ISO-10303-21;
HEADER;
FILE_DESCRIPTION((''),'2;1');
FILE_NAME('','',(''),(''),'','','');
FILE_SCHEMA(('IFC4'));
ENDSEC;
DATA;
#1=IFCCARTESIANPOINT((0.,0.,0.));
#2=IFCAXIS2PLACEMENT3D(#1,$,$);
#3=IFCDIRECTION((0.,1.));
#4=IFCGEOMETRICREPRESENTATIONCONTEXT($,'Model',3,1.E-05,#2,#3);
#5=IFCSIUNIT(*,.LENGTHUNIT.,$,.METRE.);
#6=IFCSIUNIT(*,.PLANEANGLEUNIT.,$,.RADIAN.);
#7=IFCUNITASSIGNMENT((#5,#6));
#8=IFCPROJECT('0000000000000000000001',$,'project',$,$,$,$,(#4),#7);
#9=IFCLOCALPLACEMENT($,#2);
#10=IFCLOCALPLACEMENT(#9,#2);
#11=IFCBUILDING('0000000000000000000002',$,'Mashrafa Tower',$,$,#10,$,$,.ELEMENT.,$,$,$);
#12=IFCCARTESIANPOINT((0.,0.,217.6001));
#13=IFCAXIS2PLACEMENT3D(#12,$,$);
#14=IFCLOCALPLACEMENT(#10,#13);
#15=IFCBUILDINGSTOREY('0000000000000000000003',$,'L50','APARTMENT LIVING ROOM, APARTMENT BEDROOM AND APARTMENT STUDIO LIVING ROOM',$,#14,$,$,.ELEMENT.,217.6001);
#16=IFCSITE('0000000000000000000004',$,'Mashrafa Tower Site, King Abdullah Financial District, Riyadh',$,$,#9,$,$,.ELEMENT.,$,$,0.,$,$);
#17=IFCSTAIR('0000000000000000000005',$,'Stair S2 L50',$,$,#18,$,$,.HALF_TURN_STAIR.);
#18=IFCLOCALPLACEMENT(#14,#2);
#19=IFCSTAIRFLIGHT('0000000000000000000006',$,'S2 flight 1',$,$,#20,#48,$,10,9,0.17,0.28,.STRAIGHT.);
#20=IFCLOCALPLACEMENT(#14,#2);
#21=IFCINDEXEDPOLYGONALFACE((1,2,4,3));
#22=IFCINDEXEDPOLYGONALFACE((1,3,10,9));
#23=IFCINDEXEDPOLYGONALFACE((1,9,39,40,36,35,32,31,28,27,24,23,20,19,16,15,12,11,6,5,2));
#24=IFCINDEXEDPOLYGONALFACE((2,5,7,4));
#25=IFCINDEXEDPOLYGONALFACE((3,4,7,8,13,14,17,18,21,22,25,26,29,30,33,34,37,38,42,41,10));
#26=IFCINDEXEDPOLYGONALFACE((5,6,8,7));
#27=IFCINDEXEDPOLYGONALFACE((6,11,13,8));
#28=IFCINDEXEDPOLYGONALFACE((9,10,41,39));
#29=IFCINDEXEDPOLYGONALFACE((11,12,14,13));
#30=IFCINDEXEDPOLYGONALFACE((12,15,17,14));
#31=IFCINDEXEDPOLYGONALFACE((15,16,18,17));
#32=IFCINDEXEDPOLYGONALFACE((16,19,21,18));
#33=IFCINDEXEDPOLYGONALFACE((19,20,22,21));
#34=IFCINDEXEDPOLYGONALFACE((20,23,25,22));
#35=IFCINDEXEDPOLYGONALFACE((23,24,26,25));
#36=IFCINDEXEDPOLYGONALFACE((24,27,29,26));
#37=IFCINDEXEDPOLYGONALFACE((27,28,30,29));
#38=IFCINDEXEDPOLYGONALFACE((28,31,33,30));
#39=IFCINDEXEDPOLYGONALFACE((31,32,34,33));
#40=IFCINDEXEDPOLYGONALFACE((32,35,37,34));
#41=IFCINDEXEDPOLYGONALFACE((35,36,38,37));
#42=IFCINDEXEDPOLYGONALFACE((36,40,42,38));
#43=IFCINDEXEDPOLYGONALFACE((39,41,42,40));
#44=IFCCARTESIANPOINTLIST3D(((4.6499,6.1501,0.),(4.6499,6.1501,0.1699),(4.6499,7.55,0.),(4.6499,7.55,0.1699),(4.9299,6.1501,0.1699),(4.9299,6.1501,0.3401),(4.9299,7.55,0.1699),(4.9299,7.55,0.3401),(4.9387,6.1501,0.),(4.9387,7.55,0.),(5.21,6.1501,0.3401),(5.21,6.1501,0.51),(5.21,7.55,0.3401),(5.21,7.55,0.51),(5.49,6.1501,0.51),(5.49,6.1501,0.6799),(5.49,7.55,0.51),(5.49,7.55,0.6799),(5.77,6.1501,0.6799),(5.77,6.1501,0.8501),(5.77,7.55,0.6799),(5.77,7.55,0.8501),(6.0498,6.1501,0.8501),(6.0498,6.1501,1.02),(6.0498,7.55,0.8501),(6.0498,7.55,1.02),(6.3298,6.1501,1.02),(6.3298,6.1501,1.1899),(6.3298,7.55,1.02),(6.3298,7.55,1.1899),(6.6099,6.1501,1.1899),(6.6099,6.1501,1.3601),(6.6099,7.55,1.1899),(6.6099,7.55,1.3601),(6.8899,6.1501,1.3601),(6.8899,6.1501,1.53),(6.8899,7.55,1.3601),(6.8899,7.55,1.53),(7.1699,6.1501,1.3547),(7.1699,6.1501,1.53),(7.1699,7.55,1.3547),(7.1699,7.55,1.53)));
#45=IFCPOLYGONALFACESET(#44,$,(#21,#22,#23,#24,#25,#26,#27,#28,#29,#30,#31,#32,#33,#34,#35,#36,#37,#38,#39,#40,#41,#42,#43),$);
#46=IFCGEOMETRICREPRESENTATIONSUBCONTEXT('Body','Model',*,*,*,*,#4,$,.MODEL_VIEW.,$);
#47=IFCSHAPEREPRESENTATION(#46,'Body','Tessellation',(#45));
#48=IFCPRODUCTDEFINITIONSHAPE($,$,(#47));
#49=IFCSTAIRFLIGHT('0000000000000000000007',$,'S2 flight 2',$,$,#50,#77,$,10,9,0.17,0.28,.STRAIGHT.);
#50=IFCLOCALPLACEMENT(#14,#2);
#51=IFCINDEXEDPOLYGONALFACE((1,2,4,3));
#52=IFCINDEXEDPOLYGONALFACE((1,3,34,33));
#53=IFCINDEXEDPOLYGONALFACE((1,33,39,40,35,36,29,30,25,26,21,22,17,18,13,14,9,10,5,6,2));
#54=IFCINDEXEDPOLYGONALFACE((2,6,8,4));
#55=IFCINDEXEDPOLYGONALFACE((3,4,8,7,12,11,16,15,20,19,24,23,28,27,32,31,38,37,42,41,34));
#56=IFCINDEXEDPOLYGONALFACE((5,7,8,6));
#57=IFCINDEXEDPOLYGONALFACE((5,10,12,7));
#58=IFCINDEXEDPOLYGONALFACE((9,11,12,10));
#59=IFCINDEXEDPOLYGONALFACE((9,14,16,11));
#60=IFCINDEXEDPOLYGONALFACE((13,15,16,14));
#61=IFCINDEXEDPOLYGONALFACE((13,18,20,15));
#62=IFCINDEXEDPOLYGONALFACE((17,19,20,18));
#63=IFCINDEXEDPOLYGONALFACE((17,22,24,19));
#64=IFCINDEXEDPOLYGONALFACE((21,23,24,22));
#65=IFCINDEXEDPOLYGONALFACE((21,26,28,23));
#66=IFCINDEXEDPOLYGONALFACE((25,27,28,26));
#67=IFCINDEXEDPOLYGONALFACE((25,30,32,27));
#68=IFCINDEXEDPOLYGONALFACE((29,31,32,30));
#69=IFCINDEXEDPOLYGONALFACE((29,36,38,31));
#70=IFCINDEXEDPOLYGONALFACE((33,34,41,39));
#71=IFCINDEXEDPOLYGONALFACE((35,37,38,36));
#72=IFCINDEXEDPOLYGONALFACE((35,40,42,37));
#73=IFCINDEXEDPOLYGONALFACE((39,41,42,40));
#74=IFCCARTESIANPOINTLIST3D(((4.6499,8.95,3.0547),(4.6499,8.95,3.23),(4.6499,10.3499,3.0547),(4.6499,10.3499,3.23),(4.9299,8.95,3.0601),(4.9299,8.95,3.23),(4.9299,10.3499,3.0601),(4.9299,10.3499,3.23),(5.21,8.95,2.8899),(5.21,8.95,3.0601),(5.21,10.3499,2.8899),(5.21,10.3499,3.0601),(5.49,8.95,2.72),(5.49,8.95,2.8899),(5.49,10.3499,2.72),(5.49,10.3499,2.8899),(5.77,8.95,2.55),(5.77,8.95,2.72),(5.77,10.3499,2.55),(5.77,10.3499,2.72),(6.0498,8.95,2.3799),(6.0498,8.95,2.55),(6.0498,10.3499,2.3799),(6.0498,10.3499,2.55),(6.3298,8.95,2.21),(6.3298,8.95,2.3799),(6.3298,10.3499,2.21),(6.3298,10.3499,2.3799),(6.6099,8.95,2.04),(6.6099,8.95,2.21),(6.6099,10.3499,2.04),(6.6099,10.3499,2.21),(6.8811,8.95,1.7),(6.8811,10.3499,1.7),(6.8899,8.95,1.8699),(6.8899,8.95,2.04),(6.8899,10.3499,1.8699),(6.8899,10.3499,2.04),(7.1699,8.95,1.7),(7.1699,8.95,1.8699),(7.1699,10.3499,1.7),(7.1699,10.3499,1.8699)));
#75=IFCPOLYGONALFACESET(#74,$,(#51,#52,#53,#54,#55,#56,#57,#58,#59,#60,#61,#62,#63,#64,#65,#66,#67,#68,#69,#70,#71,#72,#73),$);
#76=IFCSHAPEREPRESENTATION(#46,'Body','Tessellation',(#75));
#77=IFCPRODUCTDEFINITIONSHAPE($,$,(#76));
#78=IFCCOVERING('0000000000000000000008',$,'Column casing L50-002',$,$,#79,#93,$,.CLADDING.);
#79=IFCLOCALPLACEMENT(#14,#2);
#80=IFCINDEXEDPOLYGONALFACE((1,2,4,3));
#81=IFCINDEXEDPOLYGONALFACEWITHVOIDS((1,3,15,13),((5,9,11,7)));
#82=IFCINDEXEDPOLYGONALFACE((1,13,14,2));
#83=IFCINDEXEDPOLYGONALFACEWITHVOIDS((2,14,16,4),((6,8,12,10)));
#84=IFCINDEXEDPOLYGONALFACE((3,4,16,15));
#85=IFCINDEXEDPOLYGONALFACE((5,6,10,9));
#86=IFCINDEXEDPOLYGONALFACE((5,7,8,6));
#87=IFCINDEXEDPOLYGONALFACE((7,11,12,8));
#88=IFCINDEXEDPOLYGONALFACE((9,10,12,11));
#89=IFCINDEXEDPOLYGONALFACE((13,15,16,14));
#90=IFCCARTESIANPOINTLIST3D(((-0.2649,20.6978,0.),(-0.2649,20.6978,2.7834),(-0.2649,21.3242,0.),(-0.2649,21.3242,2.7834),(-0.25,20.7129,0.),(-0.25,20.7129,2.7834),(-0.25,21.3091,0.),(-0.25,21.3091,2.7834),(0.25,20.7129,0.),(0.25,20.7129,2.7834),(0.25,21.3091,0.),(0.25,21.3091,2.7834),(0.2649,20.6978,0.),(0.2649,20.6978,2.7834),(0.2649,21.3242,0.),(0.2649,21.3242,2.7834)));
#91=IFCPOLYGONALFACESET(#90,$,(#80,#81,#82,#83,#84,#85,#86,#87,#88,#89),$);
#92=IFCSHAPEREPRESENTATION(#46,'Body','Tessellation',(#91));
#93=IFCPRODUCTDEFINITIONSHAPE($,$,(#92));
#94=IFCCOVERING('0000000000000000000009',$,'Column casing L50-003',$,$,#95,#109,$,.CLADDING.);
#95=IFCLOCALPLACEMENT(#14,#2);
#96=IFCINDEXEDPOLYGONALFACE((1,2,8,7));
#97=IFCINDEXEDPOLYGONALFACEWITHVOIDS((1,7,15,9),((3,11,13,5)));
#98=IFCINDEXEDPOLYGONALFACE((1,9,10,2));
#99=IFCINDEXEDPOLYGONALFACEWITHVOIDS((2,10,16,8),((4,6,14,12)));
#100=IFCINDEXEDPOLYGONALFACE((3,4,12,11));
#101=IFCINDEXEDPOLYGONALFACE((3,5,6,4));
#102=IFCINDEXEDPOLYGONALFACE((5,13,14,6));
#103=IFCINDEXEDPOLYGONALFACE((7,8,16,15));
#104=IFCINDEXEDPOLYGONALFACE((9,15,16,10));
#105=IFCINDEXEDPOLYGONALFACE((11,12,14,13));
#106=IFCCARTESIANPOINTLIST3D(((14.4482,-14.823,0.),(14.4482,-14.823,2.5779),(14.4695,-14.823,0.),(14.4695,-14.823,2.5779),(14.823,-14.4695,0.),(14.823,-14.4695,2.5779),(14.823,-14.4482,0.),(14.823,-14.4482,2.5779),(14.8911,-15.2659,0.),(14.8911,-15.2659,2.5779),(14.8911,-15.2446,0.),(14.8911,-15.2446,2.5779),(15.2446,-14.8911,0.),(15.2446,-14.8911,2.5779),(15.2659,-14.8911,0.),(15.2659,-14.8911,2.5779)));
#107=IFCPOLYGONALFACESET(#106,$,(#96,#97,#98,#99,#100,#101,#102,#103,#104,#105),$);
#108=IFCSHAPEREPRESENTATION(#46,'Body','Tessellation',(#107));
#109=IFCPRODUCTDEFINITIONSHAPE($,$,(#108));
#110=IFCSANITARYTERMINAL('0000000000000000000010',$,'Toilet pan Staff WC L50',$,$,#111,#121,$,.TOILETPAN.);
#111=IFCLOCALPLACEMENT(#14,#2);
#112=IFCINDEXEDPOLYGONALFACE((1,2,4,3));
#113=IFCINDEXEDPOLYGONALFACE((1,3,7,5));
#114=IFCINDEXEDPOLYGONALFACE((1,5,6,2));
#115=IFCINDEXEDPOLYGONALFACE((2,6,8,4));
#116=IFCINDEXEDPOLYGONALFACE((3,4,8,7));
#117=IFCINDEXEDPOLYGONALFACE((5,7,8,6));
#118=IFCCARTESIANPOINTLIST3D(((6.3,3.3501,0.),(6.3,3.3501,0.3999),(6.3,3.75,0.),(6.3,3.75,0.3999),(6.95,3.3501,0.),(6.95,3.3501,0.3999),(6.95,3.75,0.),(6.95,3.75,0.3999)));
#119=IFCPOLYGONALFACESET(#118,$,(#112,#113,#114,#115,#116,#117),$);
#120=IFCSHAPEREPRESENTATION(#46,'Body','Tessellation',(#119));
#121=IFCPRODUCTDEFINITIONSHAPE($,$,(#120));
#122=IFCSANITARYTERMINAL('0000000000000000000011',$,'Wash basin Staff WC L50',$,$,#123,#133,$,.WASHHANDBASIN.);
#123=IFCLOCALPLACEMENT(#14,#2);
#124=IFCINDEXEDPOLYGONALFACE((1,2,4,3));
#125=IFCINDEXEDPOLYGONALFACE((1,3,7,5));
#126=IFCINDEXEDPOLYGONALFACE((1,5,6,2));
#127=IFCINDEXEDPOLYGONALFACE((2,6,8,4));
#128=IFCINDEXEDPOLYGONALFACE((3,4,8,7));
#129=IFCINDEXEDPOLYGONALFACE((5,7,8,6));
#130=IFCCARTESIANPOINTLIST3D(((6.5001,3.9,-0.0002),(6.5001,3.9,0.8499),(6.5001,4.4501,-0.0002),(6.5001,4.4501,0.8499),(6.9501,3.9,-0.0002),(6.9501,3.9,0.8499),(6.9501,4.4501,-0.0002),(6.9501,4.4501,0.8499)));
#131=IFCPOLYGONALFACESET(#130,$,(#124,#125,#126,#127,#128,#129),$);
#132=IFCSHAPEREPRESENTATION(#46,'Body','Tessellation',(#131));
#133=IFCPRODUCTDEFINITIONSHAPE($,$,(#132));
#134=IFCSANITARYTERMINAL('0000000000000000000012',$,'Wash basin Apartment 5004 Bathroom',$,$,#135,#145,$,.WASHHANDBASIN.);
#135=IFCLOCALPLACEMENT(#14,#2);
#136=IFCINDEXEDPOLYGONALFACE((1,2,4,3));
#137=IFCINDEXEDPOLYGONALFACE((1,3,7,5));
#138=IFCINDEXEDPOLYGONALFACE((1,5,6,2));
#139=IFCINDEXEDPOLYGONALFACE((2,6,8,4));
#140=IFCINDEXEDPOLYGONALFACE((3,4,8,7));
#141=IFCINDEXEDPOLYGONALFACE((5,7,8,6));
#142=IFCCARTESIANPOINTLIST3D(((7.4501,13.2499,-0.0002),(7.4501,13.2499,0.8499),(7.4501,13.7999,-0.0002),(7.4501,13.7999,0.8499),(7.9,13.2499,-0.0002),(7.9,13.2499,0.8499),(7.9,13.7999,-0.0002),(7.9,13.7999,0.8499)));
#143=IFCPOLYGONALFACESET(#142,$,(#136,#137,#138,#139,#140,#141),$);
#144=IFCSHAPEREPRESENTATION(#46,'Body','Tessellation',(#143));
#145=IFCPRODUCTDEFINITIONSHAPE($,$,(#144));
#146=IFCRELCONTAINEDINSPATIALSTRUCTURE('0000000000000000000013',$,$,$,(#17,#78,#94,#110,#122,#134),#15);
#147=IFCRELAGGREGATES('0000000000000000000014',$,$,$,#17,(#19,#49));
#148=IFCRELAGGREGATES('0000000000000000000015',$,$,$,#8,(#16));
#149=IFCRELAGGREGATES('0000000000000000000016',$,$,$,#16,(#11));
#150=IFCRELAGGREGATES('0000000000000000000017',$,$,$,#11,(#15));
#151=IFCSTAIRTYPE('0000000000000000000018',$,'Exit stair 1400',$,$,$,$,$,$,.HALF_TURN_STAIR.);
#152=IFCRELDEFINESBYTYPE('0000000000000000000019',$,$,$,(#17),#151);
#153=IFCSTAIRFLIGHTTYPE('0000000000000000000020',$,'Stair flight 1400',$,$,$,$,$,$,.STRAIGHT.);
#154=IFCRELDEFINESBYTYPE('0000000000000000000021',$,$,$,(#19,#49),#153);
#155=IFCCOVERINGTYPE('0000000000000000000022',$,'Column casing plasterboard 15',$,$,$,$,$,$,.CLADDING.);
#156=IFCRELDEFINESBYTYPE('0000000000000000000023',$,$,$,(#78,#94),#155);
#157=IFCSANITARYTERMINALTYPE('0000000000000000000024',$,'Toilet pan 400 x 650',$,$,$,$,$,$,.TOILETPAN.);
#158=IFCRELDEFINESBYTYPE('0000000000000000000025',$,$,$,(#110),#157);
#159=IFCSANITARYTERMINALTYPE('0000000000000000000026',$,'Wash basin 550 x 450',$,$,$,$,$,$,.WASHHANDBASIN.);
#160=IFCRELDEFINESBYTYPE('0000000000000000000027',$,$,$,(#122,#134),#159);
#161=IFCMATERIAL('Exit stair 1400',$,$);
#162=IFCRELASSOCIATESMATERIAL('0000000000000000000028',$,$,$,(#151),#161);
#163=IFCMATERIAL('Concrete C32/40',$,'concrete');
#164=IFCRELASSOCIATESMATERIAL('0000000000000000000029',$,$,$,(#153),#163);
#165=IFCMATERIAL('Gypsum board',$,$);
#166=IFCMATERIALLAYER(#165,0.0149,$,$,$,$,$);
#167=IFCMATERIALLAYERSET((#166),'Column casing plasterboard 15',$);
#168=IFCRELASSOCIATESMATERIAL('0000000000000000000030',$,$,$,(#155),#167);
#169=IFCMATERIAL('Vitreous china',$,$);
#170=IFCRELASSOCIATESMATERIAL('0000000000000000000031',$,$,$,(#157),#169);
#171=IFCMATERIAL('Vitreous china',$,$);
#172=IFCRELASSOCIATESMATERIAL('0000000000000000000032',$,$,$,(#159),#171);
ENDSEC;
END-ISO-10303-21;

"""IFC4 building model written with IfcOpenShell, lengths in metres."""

from ifc_helpers import new_model, si_unit, direction, frame, origin, origin_2d, place, context, subcontext, project, spatial, polyline, rectangle, outline, extrude, material, layer, layer_set, type_object, element, aggregate, save


model = new_model("IFC4")

# Units and contexts
model_context = context("Model", 3, precision=1e-05, world=origin(), true_north=direction((0.0, 1.0)))
body_context = subcontext(model_context, "Body", "Model", "MODEL_VIEW")
ifc_project = project(units=[si_unit("LENGTHUNIT", "METRE"), si_unit("PLANEANGLEUNIT", "RADIAN")], contexts=[model_context])

# Site, building, storey
site_placement = place(None, origin())
site = spatial("IfcSite", under=ifc_project, at=site_placement, Name="Mashrafa Tower Site, King Abdullah Financial District, Riyadh", CompositionType="ELEMENT", RefElevation=0.0)
building_placement = place(site_placement, origin())
building = spatial("IfcBuilding", under=site, at=building_placement, Name="Mashrafa Tower", CompositionType="ELEMENT")
storey_placement = place(building_placement, frame((0.0, 0.0, 217.6001)))
storey = spatial("IfcBuildingStorey", under=building, at=storey_placement, Name="L50", Description="APARTMENT LIVING ROOM, APARTMENT BEDROOM AND APARTMENT STUDIO LIVING ROOM", CompositionType="ELEMENT", Elevation=217.6001)

# Stair
ifc_material_1 = material(Name="Exit stair 1400")
stair_type = type_object("IfcStairType", Name="Exit stair 1400", PredefinedType="HALF_TURN_STAIR", material=ifc_material_1)
stair_1_placement = place(storey_placement, origin())
stair_1 = element("IfcStair", 1, at=stair_1_placement, inside=storey, type_object=stair_type, Name="Stair S2 L50", PredefinedType="HALF_TURN_STAIR")

# Stair flights
ifc_material_2 = material(Name="Concrete C32/40", Category="concrete")
stair_flight_type = type_object("IfcStairFlightType", Name="Stair flight 1400", PredefinedType="STRAIGHT", material=ifc_material_2)
stair_flight_1_placement = place(storey_placement, frame((4.6499, 6.8501, 0.0), z_axis=(0.0, 0.0, 1.0), x_axis=(1.0, 0.0, 0.0)))
stair_flight_1 = element("IfcStairFlight", 2, at=stair_flight_1_placement, type_object=stair_flight_type, Name="S2 flight 1", NumberOfRisers=10, NumberOfTreads=9, PredefinedType="STRAIGHT", RiserHeight=0.17, TreadLength=0.28, context=body_context, shape_type="SweptSolid", body=[
    extrude(outline(polyline([(0.0, 0.0), (0.0, 0.1699), (0.28, 0.1699), (0.28, 0.3401), (0.5601, 0.3401), (0.5601, 0.51), (0.8401, 0.51), (0.8401, 0.6799), (1.1201, 0.6799), (1.1201, 0.8501), (1.3999, 0.8501), (1.3999, 1.02), (1.6799, 1.02), (1.6799, 1.1899), (1.96, 1.1899), (1.96, 1.3601), (2.24, 1.3601), (2.24, 1.53), (2.52, 1.53), (2.52, 1.7), (2.52, 1.3547), (0.2888, 0.0), (0.0, 0.0)])), frame((0.0, 0.7, 0.0), z_axis=(0.0, -1.0, 0.0), x_axis=(1.0, 0.0, 0.0)), (0.0, 0.0, 1.0), 1.3999),
])
stair_flight_2_placement = place(storey_placement, frame((7.1699, 9.6499, 1.7), z_axis=(0.0, 0.0, 1.0), x_axis=(-1.0, 0.0, 0.0)))
stair_flight_2 = element("IfcStairFlight", 3, at=stair_flight_2_placement, type_object=stair_flight_type, Name="S2 flight 2", NumberOfRisers=10, NumberOfTreads=9, PredefinedType="STRAIGHT", RiserHeight=0.17, TreadLength=0.28, context=body_context, shape_type="SweptSolid", body=[
    extrude(outline(polyline([(0.0, 0.0), (0.0, 0.1699), (0.28, 0.1699), (0.28, 0.3401), (0.5601, 0.3401), (0.5601, 0.51), (0.8401, 0.51), (0.8401, 0.6799), (1.1201, 0.6799), (1.1201, 0.8501), (1.3999, 0.8501), (1.3999, 1.02), (1.6799, 1.02), (1.6799, 1.1899), (1.96, 1.1899), (1.96, 1.3601), (2.24, 1.3601), (2.24, 1.53), (2.52, 1.53), (2.52, 1.7), (2.52, 1.3547), (0.2888, 0.0), (0.0, 0.0)])), frame((0.0, 0.7, 0.0), z_axis=(0.0, -1.0, 0.0), x_axis=(1.0, 0.0, 0.0)), (0.0, 0.0, 1.0), 1.3999),
])
aggregate(stair_1, [stair_flight_1, stair_flight_2])

# Coverings
ifc_material_3 = material(Name="Gypsum board")
ifc_layer_1 = layer(ifc_material_3, 0.0149)
ifc_layer_set_1 = layer_set([ifc_layer_1], Name="Column casing plasterboard 15")
covering_type = type_object("IfcCoveringType", Name="Column casing plasterboard 15", PredefinedType="CLADDING", material=ifc_layer_set_1)
covering_1_placement = place(storey_placement, origin())
element("IfcCovering", 4, at=covering_1_placement, inside=storey, type_object=covering_type, Name="Column casing L50-002", PredefinedType="CLADDING", context=body_context, shape_type="SweptSolid", body=[
    extrude(outline(polyline([(-0.2649, 21.3242), (0.2649, 21.3242), (0.2649, 20.6978), (-0.2649, 20.6978), (-0.2649, 21.3242)]), holes=[polyline([(0.25, 20.7129), (0.25, 21.3091), (-0.25, 21.3091), (-0.25, 20.7129), (0.25, 20.7129)])]), origin(), (0.0, 0.0, 1.0), 2.7834),
])
covering_2_placement = place(storey_placement, origin())
element("IfcCovering", 5, at=covering_2_placement, inside=storey, type_object=covering_type, Name="Column casing L50-003", PredefinedType="CLADDING", context=body_context, shape_type="SweptSolid", body=[
    extrude(outline(polyline([(14.4482, -14.823), (14.823, -14.4482), (15.2659, -14.8911), (14.8911, -15.2659), (14.4482, -14.823)]), holes=[polyline([(15.2446, -14.8911), (14.823, -14.4695), (14.4695, -14.823), (14.8911, -15.2446), (15.2446, -14.8911)])]), origin(), (0.0, 0.0, 1.0), 2.5779),
])

# Sanitary terminals
ifc_material_4 = material(Name="Vitreous china")
sanitary_terminal_type_1 = type_object("IfcSanitaryTerminalType", Name="Toilet pan 400 x 650", PredefinedType="TOILETPAN", material=ifc_material_4)
sanitary_terminal_placement = place(storey_placement, frame((6.625, 3.55, 0.0), z_axis=(0.0, 0.0, 1.0), x_axis=(0.0, 1.0, 0.0)))
element("IfcSanitaryTerminal", 6, at=sanitary_terminal_placement, inside=storey, type_object=sanitary_terminal_type_1, Name="Toilet pan Staff WC L50", PredefinedType="TOILETPAN", context=body_context, shape_type="SweptSolid", body=[
    extrude(rectangle(XDim=0.3999, YDim=0.6499, at=origin_2d()), origin(), (0.0, 0.0, 1.0), 0.3999),
])
ifc_material_5 = material(Name="Vitreous china")
sanitary_terminal_type_2 = type_object("IfcSanitaryTerminalType", Name="Wash basin 550 x 450", PredefinedType="WASHHANDBASIN", material=ifc_material_5)
for number, where, z_axis, x_axis, name in (
    (7, (6.7251, 4.175, -0.0002), (0.0, 0.0, 1.0), (0.0, 1.0, 0.0), "Wash basin Staff WC L50"),
    (8, (7.675, 13.5249, -0.0002), (0.0, 0.0, 1.0), (0.0, -1.0, 0.0), "Wash basin Apartment 5004 Bathroom"),
):
    element("IfcSanitaryTerminal", number, at=place(storey_placement, frame(where, z_axis=z_axis, x_axis=x_axis)), inside=storey, type_object=sanitary_terminal_type_2, Name=name, PredefinedType="WASHHANDBASIN", context=body_context, shape_type="SweptSolid", body=[
        extrude(rectangle(XDim=0.55, YDim=0.45, at=origin_2d()), origin(), (0.0, 0.0, 1.0), 0.8501),
    ])

save(model, "model.ifc")
